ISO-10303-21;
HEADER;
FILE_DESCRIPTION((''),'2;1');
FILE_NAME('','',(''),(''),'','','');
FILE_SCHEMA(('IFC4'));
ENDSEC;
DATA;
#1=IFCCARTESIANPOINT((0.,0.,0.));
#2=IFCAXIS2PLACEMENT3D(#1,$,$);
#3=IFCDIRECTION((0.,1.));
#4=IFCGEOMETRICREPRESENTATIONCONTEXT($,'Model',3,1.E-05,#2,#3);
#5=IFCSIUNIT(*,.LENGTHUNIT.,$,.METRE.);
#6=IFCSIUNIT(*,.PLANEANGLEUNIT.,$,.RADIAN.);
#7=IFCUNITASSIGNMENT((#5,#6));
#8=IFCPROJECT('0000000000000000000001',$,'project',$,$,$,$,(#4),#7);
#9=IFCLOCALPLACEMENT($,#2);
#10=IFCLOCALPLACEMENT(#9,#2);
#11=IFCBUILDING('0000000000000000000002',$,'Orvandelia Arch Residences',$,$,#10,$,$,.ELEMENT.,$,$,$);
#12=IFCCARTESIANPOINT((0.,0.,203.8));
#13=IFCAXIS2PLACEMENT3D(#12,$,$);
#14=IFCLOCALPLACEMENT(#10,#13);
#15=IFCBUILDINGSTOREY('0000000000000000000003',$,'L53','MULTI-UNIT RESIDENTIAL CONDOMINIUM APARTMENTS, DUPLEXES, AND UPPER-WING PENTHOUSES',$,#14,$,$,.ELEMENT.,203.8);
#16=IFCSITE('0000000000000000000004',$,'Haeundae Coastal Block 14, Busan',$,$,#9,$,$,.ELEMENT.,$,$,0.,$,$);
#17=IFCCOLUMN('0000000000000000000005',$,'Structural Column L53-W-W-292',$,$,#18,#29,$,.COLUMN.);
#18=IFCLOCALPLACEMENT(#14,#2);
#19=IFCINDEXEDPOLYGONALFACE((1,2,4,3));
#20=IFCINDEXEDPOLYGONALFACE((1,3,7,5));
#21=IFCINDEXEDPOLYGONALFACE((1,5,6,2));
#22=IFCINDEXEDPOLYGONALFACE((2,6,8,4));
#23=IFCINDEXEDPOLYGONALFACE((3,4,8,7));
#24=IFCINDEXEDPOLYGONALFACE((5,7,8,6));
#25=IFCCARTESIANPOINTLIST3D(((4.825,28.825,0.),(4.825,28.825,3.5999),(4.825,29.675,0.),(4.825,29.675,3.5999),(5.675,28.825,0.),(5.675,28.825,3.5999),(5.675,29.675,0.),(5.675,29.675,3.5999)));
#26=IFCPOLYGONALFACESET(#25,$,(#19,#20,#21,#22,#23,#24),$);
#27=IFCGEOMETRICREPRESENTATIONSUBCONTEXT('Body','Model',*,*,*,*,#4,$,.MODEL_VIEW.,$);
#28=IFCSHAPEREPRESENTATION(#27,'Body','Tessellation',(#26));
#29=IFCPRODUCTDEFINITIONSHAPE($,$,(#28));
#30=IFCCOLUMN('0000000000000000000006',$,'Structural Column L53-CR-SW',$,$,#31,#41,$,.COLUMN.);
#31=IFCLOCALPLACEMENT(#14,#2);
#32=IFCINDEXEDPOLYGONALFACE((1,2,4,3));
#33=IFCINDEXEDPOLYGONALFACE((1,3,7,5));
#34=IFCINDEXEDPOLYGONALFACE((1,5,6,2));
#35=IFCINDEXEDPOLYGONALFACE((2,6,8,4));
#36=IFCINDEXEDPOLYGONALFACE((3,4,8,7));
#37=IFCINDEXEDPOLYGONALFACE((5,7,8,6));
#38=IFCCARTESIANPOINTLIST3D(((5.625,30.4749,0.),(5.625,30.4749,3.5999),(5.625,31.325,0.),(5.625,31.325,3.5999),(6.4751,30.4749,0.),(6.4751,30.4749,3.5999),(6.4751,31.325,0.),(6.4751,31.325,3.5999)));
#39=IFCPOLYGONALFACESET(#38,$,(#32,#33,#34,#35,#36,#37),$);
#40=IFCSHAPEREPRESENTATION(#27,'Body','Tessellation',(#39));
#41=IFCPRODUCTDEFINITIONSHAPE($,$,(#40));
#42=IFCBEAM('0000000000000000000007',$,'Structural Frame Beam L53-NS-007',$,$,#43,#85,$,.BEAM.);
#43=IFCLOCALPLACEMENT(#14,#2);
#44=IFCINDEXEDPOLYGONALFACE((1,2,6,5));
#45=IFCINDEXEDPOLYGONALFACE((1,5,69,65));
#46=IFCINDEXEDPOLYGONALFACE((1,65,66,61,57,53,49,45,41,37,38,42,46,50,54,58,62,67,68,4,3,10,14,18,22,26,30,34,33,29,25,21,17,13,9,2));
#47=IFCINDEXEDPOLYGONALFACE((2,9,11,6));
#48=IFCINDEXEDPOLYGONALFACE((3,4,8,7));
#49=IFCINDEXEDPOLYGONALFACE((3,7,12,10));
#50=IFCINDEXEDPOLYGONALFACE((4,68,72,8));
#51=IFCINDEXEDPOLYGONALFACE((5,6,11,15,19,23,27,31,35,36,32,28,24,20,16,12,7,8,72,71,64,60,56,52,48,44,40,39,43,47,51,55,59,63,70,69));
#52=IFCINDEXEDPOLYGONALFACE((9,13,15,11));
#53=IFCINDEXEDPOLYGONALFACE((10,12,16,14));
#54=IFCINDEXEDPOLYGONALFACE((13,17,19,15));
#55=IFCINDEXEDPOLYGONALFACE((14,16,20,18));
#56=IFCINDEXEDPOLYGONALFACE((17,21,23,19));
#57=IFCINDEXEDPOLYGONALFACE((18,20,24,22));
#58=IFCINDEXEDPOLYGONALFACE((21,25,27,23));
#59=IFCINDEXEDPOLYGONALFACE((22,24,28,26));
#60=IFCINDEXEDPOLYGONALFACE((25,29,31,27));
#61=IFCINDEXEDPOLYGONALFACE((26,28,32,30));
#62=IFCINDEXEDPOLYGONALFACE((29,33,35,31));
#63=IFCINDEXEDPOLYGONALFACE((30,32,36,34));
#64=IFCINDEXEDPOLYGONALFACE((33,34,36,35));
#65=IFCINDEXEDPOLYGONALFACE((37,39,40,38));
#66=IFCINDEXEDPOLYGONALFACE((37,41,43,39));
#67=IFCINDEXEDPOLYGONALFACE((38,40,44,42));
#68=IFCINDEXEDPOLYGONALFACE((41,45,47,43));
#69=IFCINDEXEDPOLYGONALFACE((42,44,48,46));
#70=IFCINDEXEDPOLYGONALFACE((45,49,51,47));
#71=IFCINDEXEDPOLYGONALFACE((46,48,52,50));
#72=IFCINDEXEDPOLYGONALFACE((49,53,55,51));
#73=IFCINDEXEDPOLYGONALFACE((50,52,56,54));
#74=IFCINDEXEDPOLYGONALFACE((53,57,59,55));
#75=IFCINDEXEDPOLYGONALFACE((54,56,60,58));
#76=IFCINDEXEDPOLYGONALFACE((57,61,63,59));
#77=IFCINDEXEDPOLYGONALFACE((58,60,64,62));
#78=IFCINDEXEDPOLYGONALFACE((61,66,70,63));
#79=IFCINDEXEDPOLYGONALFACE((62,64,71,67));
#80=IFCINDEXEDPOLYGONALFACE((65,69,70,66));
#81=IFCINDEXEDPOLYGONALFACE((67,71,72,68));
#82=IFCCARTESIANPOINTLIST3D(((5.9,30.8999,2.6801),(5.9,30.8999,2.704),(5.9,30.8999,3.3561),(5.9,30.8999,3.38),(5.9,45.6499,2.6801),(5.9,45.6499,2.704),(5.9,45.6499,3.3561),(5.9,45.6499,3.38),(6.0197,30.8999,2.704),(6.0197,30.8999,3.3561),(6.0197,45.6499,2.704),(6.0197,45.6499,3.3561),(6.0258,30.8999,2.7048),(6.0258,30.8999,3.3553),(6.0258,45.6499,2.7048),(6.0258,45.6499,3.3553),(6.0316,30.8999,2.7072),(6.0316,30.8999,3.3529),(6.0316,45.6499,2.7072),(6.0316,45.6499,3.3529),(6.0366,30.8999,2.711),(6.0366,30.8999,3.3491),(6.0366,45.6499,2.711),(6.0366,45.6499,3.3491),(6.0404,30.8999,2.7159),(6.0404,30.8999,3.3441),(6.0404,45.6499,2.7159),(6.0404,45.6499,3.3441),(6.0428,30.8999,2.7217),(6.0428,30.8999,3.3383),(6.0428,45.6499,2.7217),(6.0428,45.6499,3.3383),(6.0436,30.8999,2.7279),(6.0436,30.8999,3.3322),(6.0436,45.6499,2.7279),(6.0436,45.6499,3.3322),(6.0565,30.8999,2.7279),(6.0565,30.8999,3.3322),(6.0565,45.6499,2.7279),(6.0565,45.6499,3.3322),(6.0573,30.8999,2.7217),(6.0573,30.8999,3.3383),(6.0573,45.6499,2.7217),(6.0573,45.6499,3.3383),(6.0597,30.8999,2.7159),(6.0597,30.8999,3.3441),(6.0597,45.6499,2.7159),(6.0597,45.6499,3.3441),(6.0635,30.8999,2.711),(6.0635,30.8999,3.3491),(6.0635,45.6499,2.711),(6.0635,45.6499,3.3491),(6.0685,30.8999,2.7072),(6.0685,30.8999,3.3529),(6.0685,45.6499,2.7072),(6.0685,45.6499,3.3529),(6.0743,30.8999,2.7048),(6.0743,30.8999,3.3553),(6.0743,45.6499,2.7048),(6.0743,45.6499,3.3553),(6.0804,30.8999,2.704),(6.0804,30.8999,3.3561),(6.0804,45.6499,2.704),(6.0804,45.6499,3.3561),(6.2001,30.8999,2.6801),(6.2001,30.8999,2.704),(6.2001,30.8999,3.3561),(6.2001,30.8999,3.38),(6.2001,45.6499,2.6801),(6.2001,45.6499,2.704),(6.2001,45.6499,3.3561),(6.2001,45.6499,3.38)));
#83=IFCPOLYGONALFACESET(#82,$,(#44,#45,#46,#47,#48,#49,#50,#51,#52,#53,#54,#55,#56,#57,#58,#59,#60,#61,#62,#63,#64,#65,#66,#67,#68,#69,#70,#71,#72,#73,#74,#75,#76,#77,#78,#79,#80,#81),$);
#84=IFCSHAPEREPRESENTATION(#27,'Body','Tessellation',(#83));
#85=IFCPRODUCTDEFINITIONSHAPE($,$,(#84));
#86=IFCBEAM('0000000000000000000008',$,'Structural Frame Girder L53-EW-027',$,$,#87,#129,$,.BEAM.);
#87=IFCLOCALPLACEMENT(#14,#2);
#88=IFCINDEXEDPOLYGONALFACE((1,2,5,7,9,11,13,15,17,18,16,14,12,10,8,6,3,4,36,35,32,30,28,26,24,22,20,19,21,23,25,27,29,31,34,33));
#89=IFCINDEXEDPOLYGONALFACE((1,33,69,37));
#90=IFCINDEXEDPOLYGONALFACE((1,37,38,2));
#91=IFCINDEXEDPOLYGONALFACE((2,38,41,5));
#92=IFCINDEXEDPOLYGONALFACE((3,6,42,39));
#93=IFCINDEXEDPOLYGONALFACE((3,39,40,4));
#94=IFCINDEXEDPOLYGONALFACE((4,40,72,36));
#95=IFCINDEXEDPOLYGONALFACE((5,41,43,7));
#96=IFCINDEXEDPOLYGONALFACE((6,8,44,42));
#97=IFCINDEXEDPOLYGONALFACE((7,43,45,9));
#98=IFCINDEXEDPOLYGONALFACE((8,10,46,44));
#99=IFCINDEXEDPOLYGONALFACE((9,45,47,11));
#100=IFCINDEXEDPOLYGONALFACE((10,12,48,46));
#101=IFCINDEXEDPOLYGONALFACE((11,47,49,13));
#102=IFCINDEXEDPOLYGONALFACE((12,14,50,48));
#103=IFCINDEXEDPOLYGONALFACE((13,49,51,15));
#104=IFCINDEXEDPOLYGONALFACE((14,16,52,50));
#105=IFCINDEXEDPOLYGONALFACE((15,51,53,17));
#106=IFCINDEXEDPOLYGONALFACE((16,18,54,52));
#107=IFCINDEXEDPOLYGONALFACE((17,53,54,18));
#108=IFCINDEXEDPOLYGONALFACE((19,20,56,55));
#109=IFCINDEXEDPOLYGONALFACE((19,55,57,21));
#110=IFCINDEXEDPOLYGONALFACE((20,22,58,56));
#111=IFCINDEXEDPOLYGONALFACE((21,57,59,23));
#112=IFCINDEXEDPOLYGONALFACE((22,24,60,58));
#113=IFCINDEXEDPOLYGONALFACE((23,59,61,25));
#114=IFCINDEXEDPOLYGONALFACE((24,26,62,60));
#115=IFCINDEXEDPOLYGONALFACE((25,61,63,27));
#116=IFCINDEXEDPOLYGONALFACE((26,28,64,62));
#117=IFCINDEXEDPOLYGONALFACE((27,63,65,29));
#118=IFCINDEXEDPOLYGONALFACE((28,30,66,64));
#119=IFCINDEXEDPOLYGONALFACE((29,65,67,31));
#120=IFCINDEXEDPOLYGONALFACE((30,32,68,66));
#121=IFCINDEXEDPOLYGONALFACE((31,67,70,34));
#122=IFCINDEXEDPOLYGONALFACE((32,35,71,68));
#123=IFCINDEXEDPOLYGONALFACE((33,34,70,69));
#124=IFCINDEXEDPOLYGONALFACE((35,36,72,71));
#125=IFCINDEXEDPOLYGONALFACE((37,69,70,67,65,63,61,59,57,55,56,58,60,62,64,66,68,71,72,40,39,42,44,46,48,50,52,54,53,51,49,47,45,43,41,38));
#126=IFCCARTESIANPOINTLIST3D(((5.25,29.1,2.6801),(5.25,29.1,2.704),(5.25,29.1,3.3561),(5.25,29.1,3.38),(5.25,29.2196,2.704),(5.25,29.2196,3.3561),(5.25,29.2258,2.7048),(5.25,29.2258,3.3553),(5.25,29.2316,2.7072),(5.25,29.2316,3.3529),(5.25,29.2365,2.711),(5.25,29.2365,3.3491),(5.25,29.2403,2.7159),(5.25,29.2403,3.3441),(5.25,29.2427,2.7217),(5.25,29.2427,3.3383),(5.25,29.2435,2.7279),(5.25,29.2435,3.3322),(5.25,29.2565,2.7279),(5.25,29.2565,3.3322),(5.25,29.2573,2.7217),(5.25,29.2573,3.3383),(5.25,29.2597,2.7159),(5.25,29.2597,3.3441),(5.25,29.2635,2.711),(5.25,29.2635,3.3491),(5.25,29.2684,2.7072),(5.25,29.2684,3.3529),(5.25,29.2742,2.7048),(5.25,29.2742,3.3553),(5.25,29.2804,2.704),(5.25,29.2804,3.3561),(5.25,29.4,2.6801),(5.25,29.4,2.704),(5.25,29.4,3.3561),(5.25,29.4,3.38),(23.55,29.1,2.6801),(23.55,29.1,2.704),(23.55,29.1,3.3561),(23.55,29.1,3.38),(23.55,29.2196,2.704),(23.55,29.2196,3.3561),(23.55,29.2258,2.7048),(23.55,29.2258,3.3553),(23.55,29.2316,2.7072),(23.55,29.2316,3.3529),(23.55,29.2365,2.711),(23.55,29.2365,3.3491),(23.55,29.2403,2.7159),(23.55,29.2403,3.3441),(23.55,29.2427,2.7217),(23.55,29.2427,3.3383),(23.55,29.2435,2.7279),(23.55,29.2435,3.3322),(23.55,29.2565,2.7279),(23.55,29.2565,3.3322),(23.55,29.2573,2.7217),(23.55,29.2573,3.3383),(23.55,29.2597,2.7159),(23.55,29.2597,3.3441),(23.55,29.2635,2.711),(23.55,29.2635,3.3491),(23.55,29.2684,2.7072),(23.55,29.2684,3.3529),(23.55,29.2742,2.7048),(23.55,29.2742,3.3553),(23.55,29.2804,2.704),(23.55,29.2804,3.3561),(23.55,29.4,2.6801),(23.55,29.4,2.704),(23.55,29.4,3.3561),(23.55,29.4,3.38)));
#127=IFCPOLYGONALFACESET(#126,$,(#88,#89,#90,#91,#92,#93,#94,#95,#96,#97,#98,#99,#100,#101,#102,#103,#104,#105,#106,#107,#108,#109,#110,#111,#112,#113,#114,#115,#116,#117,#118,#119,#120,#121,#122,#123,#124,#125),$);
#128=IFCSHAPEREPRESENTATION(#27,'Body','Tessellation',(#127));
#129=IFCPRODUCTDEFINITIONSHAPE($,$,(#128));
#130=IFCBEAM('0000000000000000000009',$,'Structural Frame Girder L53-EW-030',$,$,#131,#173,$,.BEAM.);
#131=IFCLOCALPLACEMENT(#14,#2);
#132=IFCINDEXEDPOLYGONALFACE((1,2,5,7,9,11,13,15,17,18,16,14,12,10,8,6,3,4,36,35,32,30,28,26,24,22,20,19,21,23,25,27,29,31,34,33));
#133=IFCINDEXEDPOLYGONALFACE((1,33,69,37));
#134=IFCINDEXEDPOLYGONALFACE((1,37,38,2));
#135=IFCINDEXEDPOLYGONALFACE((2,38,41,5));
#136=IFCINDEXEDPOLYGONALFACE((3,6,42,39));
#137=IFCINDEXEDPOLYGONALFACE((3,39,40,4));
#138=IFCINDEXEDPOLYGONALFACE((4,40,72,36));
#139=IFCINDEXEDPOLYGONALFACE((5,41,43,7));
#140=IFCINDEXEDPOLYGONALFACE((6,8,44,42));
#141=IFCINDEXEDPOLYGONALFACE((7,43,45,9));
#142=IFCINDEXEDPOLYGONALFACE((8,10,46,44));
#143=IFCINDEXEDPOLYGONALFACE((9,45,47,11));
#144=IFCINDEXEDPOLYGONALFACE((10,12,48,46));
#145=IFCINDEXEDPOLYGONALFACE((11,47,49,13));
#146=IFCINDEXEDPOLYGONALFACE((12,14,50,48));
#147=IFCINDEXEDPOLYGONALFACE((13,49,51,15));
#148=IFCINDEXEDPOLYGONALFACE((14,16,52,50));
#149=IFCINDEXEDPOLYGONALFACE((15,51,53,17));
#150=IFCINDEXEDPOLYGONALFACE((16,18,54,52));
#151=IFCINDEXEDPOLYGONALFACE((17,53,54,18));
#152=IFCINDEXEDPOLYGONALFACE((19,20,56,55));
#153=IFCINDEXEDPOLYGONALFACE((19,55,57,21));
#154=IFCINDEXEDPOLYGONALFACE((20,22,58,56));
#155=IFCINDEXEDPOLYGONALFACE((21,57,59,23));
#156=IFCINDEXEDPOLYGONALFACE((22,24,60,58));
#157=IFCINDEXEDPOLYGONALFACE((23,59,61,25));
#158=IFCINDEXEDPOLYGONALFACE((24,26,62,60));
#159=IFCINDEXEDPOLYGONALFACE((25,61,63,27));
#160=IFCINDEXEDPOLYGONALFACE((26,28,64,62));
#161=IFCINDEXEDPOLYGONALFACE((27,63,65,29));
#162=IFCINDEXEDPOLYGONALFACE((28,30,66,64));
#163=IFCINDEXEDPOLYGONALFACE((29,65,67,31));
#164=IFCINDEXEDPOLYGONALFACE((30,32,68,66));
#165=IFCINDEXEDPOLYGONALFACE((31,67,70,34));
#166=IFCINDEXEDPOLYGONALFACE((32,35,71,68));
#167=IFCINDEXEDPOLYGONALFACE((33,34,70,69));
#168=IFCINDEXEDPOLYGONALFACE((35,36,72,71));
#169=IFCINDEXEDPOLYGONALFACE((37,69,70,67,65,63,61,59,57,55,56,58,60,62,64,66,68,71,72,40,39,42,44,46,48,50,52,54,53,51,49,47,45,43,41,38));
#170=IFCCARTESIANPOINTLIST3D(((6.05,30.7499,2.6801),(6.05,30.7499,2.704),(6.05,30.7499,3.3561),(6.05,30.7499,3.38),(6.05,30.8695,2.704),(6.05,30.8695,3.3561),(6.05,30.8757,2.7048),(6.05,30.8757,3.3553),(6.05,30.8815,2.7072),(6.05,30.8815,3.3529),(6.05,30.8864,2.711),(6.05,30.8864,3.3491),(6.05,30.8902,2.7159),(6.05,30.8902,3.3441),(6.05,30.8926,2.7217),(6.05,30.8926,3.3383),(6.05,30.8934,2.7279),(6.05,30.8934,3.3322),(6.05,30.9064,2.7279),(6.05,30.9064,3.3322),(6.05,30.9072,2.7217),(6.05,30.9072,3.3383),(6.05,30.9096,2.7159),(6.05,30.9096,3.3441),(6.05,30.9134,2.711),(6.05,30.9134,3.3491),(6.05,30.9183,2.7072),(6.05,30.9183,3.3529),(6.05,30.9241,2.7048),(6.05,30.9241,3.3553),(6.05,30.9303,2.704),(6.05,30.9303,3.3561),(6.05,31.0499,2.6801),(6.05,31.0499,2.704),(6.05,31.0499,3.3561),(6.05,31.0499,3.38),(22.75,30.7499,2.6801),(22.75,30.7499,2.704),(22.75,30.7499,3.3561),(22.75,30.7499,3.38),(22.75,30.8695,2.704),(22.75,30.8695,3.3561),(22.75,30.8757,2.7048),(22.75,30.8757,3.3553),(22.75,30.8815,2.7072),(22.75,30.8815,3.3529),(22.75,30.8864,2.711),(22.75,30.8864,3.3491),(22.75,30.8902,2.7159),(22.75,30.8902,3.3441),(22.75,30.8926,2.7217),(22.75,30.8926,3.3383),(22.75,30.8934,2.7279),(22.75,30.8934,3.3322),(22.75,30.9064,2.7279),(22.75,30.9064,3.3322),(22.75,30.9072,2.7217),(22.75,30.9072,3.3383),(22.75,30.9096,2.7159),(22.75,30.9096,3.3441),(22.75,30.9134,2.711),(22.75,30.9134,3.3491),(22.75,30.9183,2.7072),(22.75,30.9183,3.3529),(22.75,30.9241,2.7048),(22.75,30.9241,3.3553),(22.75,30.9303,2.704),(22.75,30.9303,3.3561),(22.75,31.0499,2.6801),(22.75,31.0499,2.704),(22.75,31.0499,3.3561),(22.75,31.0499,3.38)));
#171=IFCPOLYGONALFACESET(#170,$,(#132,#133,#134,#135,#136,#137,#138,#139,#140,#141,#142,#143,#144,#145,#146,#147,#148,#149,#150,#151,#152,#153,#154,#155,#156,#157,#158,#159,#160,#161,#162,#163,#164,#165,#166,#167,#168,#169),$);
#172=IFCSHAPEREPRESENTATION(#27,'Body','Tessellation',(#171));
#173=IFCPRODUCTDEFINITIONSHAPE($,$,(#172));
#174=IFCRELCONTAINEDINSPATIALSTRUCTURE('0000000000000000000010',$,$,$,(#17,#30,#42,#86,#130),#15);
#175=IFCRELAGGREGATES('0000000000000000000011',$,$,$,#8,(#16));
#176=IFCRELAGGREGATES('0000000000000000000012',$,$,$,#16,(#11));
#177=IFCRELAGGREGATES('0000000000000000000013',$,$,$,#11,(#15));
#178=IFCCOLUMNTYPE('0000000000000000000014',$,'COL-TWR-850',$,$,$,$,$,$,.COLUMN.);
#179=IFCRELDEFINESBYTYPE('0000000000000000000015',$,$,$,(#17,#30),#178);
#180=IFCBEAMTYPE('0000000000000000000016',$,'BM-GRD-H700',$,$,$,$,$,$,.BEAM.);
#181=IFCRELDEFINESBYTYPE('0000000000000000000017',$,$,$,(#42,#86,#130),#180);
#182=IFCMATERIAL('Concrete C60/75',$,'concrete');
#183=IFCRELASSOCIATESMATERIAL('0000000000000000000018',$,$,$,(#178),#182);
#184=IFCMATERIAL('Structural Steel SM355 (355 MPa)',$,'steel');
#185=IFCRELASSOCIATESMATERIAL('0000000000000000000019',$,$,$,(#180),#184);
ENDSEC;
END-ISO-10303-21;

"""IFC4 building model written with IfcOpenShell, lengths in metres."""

from ifc_helpers import new_model, si_unit, direction, frame, origin, origin_2d, place, context, subcontext, project, spatial, rectangle, i_section, extrude, material, material_profile, profile_set, type_object, element, save


model = new_model("IFC4")

# Units and contexts
model_context = context("Model", 3, precision=1e-05, world=origin(), true_north=direction((0.0, 1.0)))
body_context = subcontext(model_context, "Body", "Model", "MODEL_VIEW")
ifc_project = project(units=[si_unit("LENGTHUNIT", "METRE"), si_unit("PLANEANGLEUNIT", "RADIAN")], contexts=[model_context])

# Site, building, storey
site_placement = place(None, origin())
site = spatial("IfcSite", under=ifc_project, at=site_placement, Name="Haeundae Coastal Block 14, Busan", CompositionType="ELEMENT", RefElevation=0.0)
building_placement = place(site_placement, origin())
building = spatial("IfcBuilding", under=site, at=building_placement, Name="Orvandelia Arch Residences", CompositionType="ELEMENT")
storey_placement = place(building_placement, frame((0.0, 0.0, 203.8)))
storey = spatial("IfcBuildingStorey", under=building, at=storey_placement, Name="L53", Description="MULTI-UNIT RESIDENTIAL CONDOMINIUM APARTMENTS, DUPLEXES, AND UPPER-WING PENTHOUSES", CompositionType="ELEMENT", Elevation=203.8)

# Columns
ifc_material_1 = material(Name="Concrete C60/75", Category="concrete")
ifc_material_profile_1 = material_profile(ifc_material_1, rectangle(XDim=0.8501, YDim=0.8501, at=origin_2d()), Name="Concrete C60/75", Category="concrete")
ifc_profile_set_1 = profile_set([ifc_material_profile_1], Name="Concrete C60/75")
column_type = type_object("IfcColumnType", Name="COL-TWR-850", PredefinedType="COLUMN", material=ifc_profile_set_1)
for number, where, z_axis, x_axis, name in (
    (1, (5.25, 29.25, 0.0), (0.0, 0.0, 1.0), (1.0, 0.0, 0.0), "Structural Column L53-W-W-292"),
    (2, (6.05, 30.8999, 0.0), (0.0, 0.0, 1.0), (1.0, 0.0, 0.0), "Structural Column L53-CR-SW"),
):
    element("IfcColumn", number, at=place(storey_placement, frame(where, z_axis=z_axis, x_axis=x_axis)), inside=storey, type_object=column_type, Name=name, PredefinedType="COLUMN", context=body_context, shape_type="SweptSolid", body=[
        extrude(rectangle(XDim=0.8501, YDim=0.8501, at=origin_2d()), origin(), (0.0, 0.0, 1.0), 3.5999),
    ])

# Beams
ifc_material_2 = material(Name="Structural Steel SM355 (355 MPa)", Category="steel")
ifc_material_profile_2 = material_profile(ifc_material_2, i_section(OverallWidth=0.3, OverallDepth=0.7, WebThickness=0.0129, FlangeThickness=0.0239, FilletRadius=0.0239, at=origin_2d()), Name="Structural Steel SM355 (355 MPa)", Category="steel")
ifc_profile_set_2 = profile_set([ifc_material_profile_2], Name="Structural Steel SM355 (355 MPa)")
beam_type_1 = type_object("IfcBeamType", Name="BM-GRD-H700", PredefinedType="BEAM", material=ifc_profile_set_2)
beam_1_placement = place(storey_placement, frame((6.05, 30.8999, 3.03), z_axis=(0.0, 1.0, 0.0), x_axis=(-1.0, 0.0, 0.0)))
element("IfcBeam", 3, at=beam_1_placement, inside=storey, type_object=beam_type_1, Name="Structural Frame Beam L53-NS-007", PredefinedType="BEAM", context=body_context, shape_type="SweptSolid", body=[
    extrude(i_section(OverallWidth=0.3, OverallDepth=0.7, WebThickness=0.0129, FlangeThickness=0.0239, FilletRadius=0.0239, at=origin_2d()), origin(), (0.0, 0.0, 1.0), 14.75),
])
beam_2_placement = place(storey_placement, frame((5.25, 29.25, 3.03), z_axis=(1.0, 0.0, 0.0), x_axis=(0.0, 1.0, 0.0)))
element("IfcBeam", 4, at=beam_2_placement, inside=storey, type_object=beam_type_1, Name="Structural Frame Girder L53-EW-027", PredefinedType="BEAM", context=body_context, shape_type="SweptSolid", body=[
    extrude(i_section(OverallWidth=0.3, OverallDepth=0.7, WebThickness=0.0129, FlangeThickness=0.0239, FilletRadius=0.0239, at=origin_2d()), origin(), (0.0, 0.0, 1.0), 18.3),
])
beam_3_placement = place(storey_placement, frame((6.05, 30.8999, 3.03), z_axis=(1.0, 0.0, 0.0), x_axis=(0.0, 1.0, 0.0)))
element("IfcBeam", 5, at=beam_3_placement, inside=storey, type_object=beam_type_1, Name="Structural Frame Girder L53-EW-030", PredefinedType="BEAM", context=body_context, shape_type="SweptSolid", body=[
    extrude(i_section(OverallWidth=0.3, OverallDepth=0.7, WebThickness=0.0129, FlangeThickness=0.0239, FilletRadius=0.0239, at=origin_2d()), origin(), (0.0, 0.0, 1.0), 16.7),
])

save(model, "model.ifc")
